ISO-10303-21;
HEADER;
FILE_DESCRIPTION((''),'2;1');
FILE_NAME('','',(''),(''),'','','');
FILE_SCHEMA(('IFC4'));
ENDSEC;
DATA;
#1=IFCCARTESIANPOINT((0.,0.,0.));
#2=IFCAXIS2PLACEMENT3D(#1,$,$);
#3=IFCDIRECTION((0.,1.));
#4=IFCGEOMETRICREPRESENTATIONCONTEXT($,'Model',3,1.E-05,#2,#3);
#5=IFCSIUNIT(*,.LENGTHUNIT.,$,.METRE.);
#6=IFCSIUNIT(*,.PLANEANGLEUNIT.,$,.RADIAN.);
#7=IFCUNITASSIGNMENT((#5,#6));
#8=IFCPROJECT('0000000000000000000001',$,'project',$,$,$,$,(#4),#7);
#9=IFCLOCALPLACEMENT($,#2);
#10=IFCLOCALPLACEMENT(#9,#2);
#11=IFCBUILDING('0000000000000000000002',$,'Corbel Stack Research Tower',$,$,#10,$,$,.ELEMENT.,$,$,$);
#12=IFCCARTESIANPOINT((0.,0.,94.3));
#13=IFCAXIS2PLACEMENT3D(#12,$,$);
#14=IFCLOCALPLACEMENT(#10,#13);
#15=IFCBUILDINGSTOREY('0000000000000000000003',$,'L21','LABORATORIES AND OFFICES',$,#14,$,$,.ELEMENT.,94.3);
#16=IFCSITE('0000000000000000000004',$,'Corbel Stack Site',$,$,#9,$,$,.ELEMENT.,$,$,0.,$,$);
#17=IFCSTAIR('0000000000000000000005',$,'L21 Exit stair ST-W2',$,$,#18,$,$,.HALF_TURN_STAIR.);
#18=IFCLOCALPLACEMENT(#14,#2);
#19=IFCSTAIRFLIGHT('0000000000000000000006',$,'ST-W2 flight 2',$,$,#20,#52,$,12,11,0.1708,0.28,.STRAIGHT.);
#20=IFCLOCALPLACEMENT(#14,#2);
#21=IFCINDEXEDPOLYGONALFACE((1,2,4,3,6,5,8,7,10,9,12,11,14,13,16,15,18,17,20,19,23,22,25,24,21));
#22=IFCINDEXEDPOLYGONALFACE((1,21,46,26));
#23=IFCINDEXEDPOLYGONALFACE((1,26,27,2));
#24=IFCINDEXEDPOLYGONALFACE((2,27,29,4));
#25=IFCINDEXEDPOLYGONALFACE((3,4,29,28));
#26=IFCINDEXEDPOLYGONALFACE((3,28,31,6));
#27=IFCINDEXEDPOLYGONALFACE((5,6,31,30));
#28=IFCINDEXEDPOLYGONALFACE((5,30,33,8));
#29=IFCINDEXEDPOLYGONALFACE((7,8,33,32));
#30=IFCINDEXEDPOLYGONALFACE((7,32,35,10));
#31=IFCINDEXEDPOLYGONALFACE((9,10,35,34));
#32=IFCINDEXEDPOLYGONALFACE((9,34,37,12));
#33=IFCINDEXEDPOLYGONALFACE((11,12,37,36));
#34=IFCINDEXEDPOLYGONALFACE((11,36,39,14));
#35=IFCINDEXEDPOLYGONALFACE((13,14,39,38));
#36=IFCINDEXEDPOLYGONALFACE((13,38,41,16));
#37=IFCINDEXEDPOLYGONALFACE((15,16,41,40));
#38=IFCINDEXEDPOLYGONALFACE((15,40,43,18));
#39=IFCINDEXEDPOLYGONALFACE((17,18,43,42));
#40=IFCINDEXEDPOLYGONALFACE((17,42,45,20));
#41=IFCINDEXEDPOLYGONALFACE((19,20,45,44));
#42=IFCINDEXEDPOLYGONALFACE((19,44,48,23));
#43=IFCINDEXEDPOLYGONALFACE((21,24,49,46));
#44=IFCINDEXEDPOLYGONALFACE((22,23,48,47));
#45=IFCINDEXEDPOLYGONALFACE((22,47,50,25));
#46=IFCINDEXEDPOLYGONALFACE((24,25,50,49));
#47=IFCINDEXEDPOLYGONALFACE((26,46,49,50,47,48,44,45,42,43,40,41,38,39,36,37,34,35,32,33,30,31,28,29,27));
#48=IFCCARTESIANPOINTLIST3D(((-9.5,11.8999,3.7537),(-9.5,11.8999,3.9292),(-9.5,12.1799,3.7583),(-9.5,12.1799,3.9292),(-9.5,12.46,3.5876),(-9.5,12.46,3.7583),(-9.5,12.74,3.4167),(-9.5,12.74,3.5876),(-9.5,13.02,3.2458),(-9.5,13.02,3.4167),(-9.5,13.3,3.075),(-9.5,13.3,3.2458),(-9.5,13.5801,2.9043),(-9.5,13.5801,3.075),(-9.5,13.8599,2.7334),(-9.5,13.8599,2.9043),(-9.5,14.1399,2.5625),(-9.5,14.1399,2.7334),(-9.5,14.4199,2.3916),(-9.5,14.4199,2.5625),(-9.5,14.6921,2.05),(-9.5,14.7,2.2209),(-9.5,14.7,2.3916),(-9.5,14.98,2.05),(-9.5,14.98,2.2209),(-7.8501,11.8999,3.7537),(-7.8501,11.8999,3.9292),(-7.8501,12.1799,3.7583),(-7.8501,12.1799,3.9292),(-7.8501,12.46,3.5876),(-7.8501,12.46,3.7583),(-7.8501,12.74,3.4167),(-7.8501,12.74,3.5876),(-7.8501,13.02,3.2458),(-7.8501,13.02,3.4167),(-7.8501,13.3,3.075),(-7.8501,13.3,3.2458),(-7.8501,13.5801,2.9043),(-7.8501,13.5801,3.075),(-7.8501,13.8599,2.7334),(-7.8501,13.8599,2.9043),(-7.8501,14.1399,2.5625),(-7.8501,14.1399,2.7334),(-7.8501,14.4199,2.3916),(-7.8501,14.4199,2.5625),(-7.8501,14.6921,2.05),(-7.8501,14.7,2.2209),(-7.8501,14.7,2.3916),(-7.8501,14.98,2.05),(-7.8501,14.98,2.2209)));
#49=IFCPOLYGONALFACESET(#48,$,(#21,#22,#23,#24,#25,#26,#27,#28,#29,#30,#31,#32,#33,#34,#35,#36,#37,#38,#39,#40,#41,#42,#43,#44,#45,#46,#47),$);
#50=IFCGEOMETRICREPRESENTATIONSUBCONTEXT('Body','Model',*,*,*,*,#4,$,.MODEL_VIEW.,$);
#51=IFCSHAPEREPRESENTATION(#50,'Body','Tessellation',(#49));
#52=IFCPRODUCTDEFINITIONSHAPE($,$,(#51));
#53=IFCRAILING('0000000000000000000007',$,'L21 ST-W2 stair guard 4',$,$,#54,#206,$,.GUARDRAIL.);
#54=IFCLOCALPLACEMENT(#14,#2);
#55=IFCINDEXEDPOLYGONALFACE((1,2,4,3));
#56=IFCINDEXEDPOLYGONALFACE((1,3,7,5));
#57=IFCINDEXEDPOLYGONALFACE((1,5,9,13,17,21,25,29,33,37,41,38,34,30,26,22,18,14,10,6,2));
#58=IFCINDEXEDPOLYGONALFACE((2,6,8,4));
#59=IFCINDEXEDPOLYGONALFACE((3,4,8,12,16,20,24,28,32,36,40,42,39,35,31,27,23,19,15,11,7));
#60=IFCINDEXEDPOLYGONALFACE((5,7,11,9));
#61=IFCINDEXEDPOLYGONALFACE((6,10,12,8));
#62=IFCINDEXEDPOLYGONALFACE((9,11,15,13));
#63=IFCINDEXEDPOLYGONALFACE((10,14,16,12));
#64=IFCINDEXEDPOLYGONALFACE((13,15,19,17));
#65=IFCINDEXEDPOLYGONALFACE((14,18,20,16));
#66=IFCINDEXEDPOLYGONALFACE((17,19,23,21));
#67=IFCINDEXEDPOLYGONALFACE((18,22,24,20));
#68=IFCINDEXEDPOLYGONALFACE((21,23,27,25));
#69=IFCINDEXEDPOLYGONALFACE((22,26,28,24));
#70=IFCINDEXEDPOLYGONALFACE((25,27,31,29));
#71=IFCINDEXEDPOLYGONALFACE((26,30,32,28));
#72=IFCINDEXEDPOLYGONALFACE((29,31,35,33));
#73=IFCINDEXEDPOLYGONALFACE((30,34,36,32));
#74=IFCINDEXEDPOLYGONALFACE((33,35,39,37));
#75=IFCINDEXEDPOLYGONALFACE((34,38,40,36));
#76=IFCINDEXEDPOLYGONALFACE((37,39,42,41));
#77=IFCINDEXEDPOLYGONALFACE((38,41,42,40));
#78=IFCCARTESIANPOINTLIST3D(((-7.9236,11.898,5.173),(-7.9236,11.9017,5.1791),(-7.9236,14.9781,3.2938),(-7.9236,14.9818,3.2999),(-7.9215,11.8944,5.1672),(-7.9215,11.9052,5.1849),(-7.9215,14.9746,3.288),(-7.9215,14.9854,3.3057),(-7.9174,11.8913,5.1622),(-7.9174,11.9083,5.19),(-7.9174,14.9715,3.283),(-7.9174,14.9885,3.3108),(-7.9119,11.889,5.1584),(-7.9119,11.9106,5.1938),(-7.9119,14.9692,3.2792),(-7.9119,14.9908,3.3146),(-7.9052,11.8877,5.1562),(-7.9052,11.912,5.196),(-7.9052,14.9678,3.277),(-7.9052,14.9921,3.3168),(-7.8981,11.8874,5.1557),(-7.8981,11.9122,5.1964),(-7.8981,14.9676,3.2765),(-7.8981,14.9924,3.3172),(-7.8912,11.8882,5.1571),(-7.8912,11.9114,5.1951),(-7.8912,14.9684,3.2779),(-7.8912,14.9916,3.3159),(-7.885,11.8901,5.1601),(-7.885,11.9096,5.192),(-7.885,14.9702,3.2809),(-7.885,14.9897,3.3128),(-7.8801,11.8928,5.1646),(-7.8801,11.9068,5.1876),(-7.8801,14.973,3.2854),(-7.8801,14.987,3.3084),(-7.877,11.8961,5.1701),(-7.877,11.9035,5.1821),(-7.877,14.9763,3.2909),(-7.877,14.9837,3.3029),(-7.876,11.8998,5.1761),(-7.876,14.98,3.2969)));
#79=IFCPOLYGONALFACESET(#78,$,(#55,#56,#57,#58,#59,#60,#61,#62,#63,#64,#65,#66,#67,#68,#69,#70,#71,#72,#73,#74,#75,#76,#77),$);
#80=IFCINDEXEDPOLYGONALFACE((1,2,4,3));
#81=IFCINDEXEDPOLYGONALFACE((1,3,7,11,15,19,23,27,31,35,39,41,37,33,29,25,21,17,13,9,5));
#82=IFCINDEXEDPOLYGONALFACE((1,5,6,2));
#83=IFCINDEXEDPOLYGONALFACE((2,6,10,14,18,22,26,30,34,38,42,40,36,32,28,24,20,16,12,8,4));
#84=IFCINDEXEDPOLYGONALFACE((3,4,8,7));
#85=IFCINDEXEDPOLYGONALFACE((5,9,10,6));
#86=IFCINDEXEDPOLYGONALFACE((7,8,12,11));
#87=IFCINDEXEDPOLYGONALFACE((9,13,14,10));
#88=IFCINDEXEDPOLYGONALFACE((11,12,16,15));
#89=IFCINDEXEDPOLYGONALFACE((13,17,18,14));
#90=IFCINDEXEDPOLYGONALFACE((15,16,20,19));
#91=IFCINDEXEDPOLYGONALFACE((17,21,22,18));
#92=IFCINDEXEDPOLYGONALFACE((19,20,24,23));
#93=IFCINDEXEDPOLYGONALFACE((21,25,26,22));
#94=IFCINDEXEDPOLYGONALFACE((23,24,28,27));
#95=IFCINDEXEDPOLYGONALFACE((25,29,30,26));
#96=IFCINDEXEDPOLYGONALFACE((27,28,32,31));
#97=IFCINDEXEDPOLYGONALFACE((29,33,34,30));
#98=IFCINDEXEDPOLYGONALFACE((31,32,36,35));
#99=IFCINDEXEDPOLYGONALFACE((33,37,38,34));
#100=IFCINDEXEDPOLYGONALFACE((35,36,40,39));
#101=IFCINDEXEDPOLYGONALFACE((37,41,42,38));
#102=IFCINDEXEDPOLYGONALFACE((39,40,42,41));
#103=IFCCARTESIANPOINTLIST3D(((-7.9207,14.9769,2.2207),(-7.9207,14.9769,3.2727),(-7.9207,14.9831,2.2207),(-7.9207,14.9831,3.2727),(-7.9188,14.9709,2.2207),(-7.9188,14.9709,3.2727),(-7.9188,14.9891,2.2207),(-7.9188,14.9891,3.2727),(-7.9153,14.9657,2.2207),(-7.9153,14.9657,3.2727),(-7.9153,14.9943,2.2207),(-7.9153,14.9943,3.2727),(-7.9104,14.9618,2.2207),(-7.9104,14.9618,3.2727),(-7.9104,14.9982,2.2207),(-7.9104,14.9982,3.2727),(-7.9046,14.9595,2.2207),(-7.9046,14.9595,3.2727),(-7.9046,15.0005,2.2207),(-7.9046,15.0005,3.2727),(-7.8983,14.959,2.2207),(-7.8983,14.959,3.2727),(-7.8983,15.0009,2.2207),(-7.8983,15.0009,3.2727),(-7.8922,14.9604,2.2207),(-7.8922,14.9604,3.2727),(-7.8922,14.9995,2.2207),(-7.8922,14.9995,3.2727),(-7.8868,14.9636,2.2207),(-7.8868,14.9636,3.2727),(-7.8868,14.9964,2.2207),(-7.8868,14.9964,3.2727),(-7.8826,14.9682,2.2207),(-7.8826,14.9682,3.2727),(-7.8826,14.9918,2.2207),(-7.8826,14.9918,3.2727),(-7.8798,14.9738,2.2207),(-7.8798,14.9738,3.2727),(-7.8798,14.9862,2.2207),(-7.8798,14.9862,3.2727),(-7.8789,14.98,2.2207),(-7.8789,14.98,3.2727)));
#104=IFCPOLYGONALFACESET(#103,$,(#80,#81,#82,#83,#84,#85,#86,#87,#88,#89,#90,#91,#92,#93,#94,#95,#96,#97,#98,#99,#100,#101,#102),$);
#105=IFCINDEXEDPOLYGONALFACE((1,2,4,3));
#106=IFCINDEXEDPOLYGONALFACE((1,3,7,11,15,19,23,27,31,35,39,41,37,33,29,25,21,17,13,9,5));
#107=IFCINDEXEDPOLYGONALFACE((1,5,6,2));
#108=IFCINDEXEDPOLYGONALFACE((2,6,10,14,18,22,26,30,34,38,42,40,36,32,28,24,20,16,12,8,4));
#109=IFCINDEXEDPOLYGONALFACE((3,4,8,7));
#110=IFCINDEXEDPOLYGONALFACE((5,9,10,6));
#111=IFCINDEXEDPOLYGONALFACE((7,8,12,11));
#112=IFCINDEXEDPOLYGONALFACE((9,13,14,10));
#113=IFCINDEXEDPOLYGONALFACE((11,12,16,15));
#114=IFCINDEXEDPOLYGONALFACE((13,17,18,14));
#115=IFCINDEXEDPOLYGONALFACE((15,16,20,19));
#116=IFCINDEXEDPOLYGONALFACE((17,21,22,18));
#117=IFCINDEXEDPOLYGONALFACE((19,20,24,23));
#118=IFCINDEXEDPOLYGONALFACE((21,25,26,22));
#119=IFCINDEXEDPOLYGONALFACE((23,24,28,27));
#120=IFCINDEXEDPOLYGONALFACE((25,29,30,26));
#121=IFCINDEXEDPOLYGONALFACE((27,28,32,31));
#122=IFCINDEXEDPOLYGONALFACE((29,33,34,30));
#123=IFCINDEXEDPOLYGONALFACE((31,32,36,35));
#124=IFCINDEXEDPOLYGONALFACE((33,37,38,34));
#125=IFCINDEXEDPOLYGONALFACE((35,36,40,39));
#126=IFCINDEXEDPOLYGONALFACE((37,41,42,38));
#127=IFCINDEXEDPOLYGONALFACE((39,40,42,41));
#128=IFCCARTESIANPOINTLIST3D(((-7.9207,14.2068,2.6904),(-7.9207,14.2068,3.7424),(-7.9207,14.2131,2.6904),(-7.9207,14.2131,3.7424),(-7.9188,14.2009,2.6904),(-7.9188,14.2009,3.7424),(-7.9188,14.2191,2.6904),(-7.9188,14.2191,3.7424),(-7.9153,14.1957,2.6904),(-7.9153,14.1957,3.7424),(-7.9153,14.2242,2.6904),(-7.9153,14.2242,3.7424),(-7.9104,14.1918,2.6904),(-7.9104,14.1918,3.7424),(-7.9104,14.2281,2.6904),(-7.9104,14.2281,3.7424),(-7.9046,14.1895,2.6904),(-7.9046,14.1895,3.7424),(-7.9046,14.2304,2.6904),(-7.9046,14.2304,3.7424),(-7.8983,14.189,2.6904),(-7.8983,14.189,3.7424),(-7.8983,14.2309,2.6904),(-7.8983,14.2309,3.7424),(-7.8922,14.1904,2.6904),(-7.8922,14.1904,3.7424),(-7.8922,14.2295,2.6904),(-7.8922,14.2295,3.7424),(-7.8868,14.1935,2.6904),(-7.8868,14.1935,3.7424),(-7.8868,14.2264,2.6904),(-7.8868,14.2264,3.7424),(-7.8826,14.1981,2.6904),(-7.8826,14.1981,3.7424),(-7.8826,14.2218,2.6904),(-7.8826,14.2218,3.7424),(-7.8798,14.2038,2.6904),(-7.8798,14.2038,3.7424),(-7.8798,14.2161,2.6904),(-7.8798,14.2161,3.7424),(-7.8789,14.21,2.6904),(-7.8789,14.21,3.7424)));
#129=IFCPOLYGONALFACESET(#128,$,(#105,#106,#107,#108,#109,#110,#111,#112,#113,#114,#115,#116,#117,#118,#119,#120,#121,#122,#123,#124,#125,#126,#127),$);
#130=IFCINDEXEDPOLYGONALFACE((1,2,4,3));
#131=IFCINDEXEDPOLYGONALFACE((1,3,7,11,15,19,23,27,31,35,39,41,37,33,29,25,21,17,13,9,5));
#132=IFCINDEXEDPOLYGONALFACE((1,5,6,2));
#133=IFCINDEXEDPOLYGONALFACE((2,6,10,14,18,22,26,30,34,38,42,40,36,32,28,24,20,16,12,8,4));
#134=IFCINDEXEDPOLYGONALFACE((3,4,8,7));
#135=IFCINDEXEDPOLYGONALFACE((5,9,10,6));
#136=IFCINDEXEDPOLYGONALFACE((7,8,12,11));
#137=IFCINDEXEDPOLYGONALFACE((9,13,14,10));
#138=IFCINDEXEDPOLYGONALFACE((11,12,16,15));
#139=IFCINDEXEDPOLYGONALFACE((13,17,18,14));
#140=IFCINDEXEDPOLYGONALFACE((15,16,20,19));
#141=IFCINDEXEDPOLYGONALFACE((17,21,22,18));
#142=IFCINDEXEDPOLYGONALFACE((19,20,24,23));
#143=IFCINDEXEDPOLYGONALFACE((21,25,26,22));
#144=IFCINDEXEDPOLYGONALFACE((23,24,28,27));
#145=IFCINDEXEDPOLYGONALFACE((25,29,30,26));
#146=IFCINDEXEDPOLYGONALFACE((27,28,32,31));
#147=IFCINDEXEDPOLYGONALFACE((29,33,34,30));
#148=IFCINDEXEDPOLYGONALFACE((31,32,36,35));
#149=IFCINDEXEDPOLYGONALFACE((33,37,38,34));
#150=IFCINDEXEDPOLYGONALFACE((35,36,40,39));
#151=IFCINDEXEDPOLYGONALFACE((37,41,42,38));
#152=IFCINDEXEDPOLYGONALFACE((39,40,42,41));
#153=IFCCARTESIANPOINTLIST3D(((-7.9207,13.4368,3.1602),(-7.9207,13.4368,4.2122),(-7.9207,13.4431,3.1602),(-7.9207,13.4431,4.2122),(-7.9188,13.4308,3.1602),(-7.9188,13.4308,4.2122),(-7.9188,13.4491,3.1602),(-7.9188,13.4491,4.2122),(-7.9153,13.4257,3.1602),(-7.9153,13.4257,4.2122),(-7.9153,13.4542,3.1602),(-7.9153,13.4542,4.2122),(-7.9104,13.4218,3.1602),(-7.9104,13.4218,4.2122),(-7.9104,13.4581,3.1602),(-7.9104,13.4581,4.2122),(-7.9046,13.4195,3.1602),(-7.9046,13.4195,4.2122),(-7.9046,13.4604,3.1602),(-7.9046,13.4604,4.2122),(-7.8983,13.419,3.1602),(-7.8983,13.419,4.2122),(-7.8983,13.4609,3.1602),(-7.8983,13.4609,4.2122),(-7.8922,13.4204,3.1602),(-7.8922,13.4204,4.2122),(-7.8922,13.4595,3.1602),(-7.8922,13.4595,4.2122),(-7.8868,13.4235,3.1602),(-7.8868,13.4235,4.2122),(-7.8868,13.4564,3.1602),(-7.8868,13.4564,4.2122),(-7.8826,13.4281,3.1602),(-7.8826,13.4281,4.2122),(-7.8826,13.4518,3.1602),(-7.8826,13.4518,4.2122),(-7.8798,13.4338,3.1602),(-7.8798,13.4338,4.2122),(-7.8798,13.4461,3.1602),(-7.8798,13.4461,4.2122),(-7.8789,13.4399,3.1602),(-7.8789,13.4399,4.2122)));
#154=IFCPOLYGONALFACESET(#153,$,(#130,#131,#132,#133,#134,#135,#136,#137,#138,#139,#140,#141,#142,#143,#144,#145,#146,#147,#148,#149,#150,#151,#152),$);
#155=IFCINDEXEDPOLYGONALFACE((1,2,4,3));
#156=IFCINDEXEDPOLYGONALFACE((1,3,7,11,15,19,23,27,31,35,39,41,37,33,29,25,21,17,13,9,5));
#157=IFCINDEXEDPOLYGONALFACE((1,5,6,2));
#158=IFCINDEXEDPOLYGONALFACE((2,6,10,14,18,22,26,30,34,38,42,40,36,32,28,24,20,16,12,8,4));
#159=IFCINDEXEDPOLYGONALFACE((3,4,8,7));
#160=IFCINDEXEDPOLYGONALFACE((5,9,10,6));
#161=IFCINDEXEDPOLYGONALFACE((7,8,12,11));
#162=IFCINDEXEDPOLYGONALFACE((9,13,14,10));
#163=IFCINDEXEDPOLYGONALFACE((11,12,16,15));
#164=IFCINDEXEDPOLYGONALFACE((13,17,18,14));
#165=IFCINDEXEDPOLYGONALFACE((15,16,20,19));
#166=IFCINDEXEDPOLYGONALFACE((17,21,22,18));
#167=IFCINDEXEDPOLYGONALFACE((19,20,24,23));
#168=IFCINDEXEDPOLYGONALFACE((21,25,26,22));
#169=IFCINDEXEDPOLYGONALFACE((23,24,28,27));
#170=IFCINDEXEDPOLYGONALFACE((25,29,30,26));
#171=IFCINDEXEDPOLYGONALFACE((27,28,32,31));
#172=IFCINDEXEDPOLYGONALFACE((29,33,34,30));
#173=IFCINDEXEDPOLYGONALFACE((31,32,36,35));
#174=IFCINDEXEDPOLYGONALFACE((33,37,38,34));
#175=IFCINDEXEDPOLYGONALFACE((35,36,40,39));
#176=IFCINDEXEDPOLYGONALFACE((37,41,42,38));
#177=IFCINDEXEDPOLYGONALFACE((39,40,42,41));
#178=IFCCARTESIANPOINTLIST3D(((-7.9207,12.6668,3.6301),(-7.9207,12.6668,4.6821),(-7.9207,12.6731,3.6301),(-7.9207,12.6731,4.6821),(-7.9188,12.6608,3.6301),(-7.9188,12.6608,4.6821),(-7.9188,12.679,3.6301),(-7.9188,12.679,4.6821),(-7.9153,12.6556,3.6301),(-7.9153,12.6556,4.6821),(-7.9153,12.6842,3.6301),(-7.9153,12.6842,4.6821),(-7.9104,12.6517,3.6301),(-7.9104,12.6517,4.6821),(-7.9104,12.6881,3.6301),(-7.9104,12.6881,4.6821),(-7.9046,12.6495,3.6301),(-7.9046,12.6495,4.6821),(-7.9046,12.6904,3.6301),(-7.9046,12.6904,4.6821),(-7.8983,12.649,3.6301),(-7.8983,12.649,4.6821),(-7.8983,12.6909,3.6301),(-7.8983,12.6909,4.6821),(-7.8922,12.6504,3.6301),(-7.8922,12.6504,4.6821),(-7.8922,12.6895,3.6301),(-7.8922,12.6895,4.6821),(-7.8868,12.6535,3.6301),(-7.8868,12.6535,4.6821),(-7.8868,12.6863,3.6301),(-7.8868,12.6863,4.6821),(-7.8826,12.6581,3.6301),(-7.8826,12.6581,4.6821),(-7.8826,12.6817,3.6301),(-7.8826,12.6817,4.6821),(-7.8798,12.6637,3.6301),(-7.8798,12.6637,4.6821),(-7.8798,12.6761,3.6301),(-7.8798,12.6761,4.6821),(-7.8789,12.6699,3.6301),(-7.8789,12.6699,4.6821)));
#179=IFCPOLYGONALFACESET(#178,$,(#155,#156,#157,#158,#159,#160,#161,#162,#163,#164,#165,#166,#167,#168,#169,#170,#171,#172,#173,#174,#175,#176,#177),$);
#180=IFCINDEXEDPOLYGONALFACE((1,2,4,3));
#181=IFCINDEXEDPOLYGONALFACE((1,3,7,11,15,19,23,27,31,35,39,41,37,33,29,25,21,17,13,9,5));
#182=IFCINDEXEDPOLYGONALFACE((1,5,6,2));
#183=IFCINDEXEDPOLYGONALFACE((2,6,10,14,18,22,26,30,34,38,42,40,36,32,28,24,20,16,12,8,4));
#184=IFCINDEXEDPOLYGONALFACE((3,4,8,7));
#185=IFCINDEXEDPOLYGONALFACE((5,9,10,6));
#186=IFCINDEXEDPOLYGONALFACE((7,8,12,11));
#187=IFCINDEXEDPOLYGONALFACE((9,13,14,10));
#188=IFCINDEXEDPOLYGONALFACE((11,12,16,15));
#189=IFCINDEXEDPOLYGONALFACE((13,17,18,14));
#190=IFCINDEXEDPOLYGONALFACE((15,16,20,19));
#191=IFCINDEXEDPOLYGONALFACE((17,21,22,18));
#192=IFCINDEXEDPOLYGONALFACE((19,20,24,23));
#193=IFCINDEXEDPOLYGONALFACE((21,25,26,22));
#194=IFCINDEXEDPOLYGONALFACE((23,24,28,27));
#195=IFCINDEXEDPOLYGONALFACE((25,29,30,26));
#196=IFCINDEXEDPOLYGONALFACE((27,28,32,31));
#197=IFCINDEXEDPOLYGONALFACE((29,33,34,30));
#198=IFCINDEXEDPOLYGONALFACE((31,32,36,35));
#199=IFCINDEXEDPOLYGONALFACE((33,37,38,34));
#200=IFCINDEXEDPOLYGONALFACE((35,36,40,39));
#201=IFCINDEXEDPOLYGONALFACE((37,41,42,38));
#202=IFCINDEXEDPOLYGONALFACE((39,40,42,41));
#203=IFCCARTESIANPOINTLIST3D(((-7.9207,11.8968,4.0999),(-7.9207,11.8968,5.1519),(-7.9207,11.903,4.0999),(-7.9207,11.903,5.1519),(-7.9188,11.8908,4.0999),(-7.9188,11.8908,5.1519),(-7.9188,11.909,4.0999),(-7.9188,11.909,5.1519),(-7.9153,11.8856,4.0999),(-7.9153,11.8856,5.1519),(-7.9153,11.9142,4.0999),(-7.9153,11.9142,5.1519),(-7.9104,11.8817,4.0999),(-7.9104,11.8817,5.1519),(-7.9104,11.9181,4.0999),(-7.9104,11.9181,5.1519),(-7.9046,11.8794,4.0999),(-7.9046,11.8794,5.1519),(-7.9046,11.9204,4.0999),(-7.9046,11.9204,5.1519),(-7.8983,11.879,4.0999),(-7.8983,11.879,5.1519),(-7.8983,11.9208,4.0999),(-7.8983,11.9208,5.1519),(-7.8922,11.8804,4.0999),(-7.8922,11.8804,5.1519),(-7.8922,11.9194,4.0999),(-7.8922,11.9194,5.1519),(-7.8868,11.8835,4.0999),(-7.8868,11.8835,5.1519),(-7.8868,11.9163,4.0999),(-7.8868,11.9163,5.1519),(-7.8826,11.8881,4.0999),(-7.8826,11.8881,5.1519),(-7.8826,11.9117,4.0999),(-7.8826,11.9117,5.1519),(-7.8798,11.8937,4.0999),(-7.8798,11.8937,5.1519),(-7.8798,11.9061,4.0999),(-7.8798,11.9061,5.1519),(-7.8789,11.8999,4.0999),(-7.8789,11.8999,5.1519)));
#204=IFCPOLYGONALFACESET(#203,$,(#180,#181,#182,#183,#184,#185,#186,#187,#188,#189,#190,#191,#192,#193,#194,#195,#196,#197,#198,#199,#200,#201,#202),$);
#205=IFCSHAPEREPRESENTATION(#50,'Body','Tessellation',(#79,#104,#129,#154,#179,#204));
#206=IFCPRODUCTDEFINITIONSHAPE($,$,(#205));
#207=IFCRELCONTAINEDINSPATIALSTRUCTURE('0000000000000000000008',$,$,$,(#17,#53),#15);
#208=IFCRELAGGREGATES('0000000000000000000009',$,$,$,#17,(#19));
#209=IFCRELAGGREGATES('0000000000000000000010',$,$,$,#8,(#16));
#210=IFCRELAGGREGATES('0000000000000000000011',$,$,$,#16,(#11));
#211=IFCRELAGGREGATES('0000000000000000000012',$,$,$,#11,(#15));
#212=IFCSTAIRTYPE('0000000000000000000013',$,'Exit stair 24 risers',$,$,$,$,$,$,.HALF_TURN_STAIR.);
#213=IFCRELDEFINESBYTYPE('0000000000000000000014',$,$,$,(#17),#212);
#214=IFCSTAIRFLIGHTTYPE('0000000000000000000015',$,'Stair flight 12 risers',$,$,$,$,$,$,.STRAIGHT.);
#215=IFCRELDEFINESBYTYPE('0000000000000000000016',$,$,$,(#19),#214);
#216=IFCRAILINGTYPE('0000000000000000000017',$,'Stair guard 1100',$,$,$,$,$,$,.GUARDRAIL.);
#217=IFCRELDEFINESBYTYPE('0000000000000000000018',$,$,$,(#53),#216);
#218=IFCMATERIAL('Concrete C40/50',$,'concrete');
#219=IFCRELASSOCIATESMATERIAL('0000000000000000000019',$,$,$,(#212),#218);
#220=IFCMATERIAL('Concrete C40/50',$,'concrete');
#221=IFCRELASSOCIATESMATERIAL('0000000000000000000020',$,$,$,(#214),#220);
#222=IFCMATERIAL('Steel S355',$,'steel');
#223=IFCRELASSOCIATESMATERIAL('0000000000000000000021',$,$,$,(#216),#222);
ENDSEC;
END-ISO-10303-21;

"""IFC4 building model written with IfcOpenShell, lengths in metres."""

from ifc_helpers import new_model, si_unit, direction, frame, origin, origin_2d, place, context, subcontext, project, spatial, polyline, circle, outline, extrude, material, type_object, element, aggregate, save


model = new_model("IFC4")

# Units and contexts
model_context = context("Model", 3, precision=1e-05, world=origin(), true_north=direction((0.0, 1.0)))
body_context = subcontext(model_context, "Body", "Model", "MODEL_VIEW")
ifc_project = project(units=[si_unit("LENGTHUNIT", "METRE"), si_unit("PLANEANGLEUNIT", "RADIAN")], contexts=[model_context])

# Site, building, storey
site_placement = place(None, origin())
site = spatial("IfcSite", under=ifc_project, at=site_placement, Name="Corbel Stack Site", CompositionType="ELEMENT", RefElevation=0.0)
building_placement = place(site_placement, origin())
building = spatial("IfcBuilding", under=site, at=building_placement, Name="Corbel Stack Research Tower", CompositionType="ELEMENT")
storey_placement = place(building_placement, frame((0.0, 0.0, 94.3)))
storey = spatial("IfcBuildingStorey", under=building, at=storey_placement, Name="L21", Description="LABORATORIES AND OFFICES", CompositionType="ELEMENT", Elevation=94.3)

# Stair, stair flight
ifc_material_1 = material(Name="Concrete C40/50", Category="concrete")
stair_type = type_object("IfcStairType", Name="Exit stair 24 risers", PredefinedType="HALF_TURN_STAIR", material=ifc_material_1)
stair_placement = place(storey_placement, origin())
stair = element("IfcStair", 1, at=stair_placement, inside=storey, type_object=stair_type, Name="L21 Exit stair ST-W2", PredefinedType="HALF_TURN_STAIR")
ifc_material_2 = material(Name="Concrete C40/50", Category="concrete")
stair_flight_type = type_object("IfcStairFlightType", Name="Stair flight 12 risers", PredefinedType="STRAIGHT", material=ifc_material_2)
stair_flight_placement = place(storey_placement, frame((-8.675, 14.98, 2.05), z_axis=(0.0, 0.0, 1.0), x_axis=(0.0, -1.0, 0.0)))
stair_flight = element("IfcStairFlight", 2, at=stair_flight_placement, type_object=stair_flight_type, Name="ST-W2 flight 2", NumberOfRisers=12, NumberOfTreads=11, PredefinedType="STRAIGHT", RiserHeight=0.1708, TreadLength=0.28, context=body_context, shape_type="SweptSolid", body=[
    extrude(outline(polyline([(0.0, 0.0), (0.0, 0.1709), (0.28, 0.1709), (0.28, 0.3416), (0.5601, 0.3416), (0.5601, 0.5125), (0.8401, 0.5125), (0.8401, 0.6833), (1.1201, 0.6833), (1.1201, 0.8542), (1.3999, 0.8542), (1.3999, 1.0249), (1.6799, 1.0249), (1.6799, 1.1958), (1.96, 1.1958), (1.96, 1.3667), (2.24, 1.3667), (2.24, 1.5376), (2.52, 1.5376), (2.52, 1.7083), (2.8, 1.7083), (2.8, 1.8792), (3.0801, 1.8792), (3.0801, 2.05), (3.0801, 1.7036), (0.2878, 0.0), (0.0, 0.0)])), frame((0.0, 0.825, 0.0), z_axis=(0.0, -1.0, 0.0), x_axis=(1.0, 0.0, 0.0)), (0.0, 0.0, 1.0), 1.6499),
])
aggregate(stair, [stair_flight])

# Railing
ifc_material_3 = material(Name="Steel S355", Category="steel")
railing_type_1 = type_object("IfcRailingType", Name="Stair guard 1100", PredefinedType="GUARDRAIL", material=ifc_material_3)
railing_1_placement = place(storey_placement, frame((-7.8999, 14.98, 2.2207)))
element("IfcRailing", 3, at=railing_1_placement, inside=storey, type_object=railing_type_1, Name="L21 ST-W2 stair guard 4", PredefinedType="GUARDRAIL", context=body_context, shape_type="SweptSolid", body=[
    extrude(circle(Radius=0.0239, at=origin_2d()), frame((0.0, 0.0, 1.0762), z_axis=(0.0, -0.853666, 0.52082), x_axis=(1.0, 0.0, 0.0)), (0.0, 0.0, 1.0), 3.6082),
    extrude(circle(Radius=0.021, at=origin_2d()), origin(), (0.0, 0.0, 1.0), 1.052),
    extrude(circle(Radius=0.021, at=origin_2d()), frame((0.0, -0.77, 0.4697)), (0.0, 0.0, 1.0), 1.052),
    extrude(circle(Radius=0.021, at=origin_2d()), frame((0.0, -1.54, 0.9395)), (0.0, 0.0, 1.0), 1.052),
    extrude(circle(Radius=0.021, at=origin_2d()), frame((0.0, -2.3101, 1.4094)), (0.0, 0.0, 1.0), 1.052),
    extrude(circle(Radius=0.021, at=origin_2d()), frame((0.0, -3.0801, 1.8792)), (0.0, 0.0, 1.0), 1.052),
])

save(model, "model.ifc")
